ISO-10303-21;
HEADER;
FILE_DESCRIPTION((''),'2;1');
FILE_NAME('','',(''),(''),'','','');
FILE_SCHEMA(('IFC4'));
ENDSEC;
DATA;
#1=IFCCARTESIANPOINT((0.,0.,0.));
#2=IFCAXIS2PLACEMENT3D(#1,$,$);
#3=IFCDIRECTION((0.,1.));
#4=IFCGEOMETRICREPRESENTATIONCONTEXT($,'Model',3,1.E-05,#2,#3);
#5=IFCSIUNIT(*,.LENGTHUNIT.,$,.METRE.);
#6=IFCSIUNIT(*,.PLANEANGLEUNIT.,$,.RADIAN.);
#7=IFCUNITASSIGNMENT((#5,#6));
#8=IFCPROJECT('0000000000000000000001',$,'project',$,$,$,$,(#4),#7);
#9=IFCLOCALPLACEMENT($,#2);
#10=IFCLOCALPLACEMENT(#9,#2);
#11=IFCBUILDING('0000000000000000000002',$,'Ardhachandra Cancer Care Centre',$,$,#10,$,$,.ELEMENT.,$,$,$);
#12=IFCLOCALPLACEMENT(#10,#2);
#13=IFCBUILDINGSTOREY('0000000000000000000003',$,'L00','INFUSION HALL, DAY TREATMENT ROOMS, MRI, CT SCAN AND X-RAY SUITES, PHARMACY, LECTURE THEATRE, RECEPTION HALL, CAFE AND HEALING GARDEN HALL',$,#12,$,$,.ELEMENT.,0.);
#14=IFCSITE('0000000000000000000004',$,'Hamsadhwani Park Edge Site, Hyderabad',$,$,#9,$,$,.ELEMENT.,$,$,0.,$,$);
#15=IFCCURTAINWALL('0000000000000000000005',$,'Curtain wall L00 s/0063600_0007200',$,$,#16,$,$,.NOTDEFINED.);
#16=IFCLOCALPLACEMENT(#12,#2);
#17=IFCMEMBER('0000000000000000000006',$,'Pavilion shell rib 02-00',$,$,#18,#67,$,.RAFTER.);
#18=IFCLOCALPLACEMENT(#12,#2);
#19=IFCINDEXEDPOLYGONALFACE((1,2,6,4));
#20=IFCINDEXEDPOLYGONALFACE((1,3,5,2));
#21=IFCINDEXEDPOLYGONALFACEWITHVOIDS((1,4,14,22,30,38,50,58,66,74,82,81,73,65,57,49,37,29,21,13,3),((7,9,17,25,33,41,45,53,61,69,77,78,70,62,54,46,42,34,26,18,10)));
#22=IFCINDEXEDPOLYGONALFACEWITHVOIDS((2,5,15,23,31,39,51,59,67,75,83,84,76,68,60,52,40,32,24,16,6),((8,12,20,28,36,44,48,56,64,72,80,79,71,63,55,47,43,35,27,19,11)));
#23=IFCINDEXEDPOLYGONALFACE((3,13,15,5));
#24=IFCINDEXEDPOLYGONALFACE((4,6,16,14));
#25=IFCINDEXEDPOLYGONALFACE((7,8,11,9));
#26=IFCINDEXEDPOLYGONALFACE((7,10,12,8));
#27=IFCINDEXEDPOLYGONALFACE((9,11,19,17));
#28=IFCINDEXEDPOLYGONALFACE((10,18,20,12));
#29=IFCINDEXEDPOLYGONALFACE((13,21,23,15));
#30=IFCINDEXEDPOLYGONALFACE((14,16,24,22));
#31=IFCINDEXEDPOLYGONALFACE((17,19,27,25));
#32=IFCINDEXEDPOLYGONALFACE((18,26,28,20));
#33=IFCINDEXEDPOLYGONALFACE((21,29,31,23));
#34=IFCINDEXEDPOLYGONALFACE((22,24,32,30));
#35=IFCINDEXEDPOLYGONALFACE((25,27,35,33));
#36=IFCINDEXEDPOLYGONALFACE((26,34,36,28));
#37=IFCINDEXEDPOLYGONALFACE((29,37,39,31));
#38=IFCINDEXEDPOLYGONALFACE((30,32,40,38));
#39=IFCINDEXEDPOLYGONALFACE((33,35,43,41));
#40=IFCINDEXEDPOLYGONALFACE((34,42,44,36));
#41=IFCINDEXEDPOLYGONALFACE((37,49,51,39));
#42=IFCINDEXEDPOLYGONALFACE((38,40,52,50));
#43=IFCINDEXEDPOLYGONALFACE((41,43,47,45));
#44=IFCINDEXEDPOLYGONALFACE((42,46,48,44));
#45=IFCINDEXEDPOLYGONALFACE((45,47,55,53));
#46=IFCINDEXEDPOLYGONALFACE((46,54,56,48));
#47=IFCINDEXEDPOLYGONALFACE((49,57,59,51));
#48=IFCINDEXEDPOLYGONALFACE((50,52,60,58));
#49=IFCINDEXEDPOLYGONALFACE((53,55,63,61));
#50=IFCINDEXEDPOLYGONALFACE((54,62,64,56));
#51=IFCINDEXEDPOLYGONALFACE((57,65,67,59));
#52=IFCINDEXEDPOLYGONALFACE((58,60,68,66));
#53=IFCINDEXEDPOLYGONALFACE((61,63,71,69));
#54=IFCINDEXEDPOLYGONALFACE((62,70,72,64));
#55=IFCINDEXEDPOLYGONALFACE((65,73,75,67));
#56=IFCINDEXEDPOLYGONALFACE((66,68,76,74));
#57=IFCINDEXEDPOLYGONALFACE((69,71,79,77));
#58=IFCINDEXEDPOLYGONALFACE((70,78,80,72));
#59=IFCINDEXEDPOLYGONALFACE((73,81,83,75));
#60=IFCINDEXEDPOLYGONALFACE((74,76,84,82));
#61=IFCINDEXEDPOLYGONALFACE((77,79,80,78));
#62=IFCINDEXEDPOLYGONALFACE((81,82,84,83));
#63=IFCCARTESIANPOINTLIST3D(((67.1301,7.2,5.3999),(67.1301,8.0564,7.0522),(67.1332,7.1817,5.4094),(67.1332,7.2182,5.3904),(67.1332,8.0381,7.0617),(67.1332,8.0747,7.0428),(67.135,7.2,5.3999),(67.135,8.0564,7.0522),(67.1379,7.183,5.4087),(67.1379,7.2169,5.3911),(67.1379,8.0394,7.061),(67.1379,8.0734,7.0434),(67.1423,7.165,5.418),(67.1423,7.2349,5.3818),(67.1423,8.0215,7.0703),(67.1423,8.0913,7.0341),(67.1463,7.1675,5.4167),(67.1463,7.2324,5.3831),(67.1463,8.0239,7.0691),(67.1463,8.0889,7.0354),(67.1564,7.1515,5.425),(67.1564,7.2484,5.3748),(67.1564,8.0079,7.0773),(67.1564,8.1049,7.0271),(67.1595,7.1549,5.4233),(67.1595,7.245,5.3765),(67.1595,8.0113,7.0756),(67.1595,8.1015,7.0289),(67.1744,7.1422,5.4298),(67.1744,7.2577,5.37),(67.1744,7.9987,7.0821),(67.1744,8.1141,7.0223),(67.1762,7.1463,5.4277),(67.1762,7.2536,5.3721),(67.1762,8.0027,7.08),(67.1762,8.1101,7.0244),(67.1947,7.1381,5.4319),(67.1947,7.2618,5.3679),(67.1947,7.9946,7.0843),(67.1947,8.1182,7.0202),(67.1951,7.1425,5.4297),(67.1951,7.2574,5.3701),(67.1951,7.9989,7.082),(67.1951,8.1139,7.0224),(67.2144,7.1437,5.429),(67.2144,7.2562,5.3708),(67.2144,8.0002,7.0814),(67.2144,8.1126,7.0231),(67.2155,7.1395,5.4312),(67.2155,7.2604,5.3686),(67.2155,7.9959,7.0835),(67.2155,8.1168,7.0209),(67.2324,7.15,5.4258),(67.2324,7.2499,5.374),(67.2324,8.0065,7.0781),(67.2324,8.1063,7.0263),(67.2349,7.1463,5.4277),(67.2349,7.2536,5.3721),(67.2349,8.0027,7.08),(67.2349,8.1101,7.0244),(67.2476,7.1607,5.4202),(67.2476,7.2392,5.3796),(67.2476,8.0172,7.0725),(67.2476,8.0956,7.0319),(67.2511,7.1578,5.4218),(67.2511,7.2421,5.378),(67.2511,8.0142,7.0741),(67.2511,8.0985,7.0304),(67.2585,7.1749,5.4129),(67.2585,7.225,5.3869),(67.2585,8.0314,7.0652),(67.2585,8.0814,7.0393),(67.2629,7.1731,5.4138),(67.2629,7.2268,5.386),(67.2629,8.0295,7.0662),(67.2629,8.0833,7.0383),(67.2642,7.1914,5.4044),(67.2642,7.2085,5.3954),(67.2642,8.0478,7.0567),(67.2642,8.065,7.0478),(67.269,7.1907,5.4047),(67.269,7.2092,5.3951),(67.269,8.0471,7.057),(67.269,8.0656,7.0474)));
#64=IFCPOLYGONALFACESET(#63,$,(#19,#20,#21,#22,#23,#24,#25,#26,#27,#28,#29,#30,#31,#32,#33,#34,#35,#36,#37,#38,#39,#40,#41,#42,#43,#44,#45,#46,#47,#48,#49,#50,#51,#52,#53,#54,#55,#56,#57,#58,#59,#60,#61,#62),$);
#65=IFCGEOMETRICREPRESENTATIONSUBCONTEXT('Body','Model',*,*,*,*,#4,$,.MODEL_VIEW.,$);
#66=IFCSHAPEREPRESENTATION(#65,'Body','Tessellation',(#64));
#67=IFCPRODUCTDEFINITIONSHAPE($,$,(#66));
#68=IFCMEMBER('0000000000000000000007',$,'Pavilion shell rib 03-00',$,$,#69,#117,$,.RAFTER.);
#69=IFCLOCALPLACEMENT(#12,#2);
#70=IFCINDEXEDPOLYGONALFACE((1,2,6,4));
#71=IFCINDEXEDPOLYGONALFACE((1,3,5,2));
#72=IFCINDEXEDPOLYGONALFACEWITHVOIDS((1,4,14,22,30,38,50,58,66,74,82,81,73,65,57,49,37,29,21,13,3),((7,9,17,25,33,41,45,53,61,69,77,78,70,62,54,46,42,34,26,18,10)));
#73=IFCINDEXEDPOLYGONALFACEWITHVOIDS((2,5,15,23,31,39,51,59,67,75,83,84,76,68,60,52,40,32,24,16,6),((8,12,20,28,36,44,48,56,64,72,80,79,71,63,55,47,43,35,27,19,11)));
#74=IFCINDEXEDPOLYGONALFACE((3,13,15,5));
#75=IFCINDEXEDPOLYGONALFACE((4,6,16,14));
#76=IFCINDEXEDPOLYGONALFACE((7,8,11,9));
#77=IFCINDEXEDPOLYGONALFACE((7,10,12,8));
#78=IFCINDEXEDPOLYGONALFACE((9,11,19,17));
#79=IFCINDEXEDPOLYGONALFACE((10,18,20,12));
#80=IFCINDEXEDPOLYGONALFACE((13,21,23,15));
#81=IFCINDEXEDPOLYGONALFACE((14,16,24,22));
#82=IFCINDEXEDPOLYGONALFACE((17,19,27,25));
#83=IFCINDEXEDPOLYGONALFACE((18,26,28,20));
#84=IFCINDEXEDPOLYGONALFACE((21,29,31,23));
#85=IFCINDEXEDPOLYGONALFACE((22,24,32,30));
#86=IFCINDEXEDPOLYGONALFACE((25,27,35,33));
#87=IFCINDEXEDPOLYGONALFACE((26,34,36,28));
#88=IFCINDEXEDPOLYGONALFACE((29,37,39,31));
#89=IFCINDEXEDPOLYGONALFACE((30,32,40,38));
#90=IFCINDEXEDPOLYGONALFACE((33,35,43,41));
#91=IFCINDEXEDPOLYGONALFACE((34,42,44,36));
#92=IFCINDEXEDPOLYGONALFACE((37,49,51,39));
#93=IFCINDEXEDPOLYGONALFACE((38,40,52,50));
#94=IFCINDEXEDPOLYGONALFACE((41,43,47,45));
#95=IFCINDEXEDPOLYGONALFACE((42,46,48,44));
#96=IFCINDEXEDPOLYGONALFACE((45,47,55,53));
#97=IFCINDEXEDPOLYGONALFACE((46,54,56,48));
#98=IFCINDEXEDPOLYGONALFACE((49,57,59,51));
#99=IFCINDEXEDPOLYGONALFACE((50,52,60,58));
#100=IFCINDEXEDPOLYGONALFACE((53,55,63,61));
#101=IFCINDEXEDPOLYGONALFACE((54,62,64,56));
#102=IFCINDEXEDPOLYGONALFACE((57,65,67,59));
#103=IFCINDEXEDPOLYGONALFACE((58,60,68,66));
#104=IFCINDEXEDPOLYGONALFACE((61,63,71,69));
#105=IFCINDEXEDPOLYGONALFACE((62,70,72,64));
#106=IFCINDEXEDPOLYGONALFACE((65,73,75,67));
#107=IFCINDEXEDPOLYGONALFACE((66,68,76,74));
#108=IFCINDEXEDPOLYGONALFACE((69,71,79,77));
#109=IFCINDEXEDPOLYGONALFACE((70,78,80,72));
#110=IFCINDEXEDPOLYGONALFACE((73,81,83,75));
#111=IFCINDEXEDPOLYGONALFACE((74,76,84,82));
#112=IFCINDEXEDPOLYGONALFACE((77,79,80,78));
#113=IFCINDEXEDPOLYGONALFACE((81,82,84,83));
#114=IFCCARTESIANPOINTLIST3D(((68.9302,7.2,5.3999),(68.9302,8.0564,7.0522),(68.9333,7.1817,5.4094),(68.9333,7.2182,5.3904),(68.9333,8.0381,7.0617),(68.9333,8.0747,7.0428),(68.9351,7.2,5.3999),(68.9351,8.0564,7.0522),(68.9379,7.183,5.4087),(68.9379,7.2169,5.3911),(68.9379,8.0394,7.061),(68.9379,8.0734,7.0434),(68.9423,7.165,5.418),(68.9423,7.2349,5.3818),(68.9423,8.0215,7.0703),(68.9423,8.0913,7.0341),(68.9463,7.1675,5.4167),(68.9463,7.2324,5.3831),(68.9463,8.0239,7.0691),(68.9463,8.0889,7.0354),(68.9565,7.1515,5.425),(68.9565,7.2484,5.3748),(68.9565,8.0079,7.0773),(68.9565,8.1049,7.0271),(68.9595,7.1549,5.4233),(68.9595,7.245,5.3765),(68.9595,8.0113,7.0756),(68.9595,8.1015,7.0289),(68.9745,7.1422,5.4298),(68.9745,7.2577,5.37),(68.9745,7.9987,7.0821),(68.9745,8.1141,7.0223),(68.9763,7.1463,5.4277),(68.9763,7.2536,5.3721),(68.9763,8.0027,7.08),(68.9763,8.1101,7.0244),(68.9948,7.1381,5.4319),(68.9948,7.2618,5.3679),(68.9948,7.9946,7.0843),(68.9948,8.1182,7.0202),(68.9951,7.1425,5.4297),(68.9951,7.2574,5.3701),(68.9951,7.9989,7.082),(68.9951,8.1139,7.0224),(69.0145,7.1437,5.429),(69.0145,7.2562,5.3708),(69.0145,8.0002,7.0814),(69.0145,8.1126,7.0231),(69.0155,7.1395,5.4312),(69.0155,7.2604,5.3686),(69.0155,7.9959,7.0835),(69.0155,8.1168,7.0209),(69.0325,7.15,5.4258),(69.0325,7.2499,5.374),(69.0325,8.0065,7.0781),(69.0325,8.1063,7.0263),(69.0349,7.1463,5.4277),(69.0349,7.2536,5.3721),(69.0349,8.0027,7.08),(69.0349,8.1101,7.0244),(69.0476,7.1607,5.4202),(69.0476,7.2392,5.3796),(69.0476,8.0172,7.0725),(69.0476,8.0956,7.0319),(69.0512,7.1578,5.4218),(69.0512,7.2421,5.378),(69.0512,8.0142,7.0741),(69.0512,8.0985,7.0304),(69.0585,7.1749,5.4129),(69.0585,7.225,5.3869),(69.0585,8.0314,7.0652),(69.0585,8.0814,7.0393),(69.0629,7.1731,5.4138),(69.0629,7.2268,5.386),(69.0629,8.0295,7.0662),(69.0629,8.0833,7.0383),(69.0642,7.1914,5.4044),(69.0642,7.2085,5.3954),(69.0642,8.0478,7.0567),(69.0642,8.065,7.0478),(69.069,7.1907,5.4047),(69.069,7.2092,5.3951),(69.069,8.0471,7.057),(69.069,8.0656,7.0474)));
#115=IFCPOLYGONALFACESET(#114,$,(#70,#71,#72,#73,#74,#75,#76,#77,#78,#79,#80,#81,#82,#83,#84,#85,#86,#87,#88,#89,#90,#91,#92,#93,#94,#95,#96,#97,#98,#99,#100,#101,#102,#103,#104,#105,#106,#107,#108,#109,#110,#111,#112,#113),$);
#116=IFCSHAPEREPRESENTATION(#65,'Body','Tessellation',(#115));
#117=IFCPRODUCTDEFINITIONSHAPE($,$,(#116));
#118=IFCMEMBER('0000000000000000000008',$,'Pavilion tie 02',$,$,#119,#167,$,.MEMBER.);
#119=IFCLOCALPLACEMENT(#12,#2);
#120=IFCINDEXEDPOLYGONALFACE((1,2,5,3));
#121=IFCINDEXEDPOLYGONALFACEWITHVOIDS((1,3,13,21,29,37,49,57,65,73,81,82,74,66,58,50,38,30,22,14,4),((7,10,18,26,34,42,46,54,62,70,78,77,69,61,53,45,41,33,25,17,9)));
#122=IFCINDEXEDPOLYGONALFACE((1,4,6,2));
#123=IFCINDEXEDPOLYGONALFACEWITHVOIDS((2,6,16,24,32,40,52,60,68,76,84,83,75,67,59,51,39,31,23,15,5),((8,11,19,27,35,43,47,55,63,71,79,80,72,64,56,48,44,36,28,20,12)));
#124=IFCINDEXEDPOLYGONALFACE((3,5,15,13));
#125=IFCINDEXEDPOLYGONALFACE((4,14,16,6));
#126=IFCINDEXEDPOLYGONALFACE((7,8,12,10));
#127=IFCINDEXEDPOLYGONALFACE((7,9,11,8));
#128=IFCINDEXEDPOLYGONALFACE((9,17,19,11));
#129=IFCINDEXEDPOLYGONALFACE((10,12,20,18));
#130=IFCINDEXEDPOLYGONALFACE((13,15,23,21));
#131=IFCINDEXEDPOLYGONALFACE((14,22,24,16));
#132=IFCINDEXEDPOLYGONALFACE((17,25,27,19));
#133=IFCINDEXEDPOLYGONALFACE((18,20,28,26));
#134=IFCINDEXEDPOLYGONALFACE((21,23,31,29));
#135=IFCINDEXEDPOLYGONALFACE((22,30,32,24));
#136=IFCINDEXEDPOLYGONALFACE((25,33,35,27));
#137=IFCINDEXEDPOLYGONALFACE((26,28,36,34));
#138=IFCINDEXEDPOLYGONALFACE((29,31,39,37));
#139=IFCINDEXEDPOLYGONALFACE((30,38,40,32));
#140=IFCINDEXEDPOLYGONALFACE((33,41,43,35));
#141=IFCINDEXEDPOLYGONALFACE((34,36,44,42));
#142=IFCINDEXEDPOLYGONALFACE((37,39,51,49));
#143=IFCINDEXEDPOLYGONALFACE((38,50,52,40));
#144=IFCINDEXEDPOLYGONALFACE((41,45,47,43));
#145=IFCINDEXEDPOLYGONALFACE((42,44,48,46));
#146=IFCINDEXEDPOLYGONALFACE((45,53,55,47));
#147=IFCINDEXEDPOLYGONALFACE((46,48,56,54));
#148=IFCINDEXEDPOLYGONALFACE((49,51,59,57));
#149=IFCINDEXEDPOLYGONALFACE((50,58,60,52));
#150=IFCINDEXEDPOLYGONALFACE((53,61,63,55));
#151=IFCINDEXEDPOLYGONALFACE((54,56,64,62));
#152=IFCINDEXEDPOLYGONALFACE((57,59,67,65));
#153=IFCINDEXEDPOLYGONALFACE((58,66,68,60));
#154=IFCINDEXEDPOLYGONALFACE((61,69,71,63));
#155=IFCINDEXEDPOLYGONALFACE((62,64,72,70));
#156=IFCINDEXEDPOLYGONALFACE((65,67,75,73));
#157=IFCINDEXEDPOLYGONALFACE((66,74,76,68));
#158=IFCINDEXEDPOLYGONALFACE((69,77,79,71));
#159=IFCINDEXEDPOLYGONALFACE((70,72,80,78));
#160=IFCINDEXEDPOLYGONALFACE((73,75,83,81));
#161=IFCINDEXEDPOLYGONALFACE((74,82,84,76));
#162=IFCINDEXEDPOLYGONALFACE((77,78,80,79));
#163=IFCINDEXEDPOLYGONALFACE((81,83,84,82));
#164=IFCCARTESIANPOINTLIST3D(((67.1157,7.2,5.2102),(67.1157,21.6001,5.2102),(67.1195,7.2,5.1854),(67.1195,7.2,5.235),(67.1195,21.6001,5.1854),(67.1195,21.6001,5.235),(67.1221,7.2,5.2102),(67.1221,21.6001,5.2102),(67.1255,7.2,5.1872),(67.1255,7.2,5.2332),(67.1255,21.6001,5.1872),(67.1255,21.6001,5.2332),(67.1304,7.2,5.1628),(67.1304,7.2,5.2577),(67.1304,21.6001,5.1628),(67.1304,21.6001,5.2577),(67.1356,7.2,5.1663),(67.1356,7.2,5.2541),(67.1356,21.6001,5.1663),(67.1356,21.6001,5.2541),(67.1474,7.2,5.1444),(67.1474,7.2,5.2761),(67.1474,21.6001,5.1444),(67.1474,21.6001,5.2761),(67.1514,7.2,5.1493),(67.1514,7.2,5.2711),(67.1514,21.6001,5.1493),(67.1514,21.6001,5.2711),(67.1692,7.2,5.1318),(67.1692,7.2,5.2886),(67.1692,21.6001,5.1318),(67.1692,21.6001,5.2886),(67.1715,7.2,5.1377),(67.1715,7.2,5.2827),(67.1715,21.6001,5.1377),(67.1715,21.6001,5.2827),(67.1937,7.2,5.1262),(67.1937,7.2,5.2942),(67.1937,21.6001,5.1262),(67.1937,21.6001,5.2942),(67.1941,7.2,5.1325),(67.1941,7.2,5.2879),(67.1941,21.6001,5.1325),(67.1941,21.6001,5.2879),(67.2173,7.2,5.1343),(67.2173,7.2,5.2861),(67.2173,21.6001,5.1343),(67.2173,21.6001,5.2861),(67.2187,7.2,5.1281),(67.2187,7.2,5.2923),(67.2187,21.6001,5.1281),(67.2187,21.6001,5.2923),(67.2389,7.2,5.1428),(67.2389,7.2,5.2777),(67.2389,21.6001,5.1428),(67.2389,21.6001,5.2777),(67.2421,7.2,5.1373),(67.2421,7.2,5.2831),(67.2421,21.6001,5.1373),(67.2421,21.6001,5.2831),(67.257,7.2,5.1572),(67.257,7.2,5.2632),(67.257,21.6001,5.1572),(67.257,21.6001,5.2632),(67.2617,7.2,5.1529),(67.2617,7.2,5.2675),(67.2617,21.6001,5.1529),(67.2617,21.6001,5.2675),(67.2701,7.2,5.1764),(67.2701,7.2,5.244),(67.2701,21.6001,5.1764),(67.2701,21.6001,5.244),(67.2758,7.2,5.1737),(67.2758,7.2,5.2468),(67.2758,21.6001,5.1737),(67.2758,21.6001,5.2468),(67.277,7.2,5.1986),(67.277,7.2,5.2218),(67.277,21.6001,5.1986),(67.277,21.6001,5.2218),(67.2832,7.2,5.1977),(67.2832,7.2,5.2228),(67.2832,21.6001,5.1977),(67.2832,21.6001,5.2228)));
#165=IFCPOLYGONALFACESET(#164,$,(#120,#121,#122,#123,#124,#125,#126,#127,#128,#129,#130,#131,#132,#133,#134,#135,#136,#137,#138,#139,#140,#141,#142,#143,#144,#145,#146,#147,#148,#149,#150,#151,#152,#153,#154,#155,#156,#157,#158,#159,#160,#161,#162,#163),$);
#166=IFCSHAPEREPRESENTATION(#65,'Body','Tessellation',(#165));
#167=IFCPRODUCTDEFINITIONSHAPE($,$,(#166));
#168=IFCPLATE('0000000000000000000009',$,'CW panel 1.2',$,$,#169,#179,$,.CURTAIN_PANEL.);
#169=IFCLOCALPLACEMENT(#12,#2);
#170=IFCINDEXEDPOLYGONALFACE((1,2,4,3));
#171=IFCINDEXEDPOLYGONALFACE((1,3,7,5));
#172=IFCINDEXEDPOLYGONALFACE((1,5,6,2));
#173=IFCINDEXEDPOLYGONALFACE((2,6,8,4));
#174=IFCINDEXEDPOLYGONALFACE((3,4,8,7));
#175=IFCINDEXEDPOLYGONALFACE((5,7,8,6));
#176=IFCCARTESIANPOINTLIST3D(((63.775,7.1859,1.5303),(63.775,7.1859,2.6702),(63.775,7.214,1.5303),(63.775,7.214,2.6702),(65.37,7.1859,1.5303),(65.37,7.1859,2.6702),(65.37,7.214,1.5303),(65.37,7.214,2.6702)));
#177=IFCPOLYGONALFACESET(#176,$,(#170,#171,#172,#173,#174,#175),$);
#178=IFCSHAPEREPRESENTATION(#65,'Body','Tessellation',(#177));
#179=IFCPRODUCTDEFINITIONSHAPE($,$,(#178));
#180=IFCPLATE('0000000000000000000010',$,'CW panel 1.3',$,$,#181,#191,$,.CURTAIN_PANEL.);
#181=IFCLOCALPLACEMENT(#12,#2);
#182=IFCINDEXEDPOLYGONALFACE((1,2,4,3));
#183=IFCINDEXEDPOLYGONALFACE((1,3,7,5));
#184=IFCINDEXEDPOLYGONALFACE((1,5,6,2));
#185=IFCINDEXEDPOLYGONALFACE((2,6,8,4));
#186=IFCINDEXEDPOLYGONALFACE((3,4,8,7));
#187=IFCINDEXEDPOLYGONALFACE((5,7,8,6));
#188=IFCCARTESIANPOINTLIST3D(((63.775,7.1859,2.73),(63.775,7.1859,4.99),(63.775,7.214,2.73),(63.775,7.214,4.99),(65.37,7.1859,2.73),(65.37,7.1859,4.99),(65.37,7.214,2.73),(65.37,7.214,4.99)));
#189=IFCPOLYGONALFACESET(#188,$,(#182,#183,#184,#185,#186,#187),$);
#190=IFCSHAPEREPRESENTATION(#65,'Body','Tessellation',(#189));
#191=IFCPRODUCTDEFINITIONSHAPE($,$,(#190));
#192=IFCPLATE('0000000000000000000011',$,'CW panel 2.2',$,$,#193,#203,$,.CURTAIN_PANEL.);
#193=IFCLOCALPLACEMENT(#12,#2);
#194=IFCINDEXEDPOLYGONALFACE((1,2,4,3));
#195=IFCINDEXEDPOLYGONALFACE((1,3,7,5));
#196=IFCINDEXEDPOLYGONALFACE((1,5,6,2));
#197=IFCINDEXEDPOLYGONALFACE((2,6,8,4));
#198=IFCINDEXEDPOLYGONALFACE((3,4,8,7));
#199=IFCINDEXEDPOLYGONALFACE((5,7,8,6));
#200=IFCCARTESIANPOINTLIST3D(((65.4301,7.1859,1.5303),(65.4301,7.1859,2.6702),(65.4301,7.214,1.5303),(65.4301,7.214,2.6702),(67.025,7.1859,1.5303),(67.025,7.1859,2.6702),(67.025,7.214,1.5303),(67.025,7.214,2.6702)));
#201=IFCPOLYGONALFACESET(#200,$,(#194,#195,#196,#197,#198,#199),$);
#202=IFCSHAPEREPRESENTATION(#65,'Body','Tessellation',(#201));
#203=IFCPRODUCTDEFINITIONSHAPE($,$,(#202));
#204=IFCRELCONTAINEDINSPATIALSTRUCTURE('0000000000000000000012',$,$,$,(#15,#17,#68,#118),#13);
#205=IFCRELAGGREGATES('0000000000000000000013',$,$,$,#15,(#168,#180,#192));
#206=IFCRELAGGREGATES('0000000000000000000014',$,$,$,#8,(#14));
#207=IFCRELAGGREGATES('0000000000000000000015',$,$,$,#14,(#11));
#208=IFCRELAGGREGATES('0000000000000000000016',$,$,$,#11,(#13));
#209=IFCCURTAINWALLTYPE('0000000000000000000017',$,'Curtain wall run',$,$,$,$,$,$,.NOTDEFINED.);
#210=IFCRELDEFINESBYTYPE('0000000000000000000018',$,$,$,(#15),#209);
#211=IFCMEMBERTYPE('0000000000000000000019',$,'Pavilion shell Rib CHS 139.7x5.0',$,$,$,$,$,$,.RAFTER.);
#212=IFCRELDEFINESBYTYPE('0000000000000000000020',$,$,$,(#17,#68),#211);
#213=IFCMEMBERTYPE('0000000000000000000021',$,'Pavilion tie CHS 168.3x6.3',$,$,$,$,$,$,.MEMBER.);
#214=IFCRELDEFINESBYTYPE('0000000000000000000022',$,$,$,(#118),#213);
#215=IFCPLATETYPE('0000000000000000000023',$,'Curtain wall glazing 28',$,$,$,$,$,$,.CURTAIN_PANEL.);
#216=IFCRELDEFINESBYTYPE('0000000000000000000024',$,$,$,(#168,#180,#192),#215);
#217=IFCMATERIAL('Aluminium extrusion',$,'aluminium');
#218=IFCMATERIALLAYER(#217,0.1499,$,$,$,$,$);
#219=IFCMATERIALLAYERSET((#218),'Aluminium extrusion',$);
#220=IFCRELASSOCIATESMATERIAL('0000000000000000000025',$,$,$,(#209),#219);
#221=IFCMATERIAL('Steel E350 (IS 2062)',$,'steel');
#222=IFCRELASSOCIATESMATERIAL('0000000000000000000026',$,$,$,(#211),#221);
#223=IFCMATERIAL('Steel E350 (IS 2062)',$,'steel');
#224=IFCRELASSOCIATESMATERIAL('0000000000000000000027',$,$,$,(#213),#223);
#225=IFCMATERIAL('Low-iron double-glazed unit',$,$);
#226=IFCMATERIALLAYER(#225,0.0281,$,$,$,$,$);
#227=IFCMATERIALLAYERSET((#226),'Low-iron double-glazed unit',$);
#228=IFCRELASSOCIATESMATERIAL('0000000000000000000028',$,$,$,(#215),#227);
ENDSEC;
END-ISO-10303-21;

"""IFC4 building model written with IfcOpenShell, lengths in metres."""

from ifc_helpers import new_model, si_unit, direction, frame, origin, origin_2d, place, context, subcontext, project, spatial, rectangle, hollow_circle, extrude, material, layer, layer_set, material_profile, profile_set, type_object, element, aggregate, save


model = new_model("IFC4")

# Units and contexts
model_context = context("Model", 3, precision=1e-05, world=origin(), true_north=direction((0.0, 1.0)))
body_context = subcontext(model_context, "Body", "Model", "MODEL_VIEW")
ifc_project = project(units=[si_unit("LENGTHUNIT", "METRE"), si_unit("PLANEANGLEUNIT", "RADIAN")], contexts=[model_context])

# Site, building, storey
site_placement = place(None, origin())
site = spatial("IfcSite", under=ifc_project, at=site_placement, Name="Hamsadhwani Park Edge Site, Hyderabad", CompositionType="ELEMENT", RefElevation=0.0)
building_placement = place(site_placement, origin())
building = spatial("IfcBuilding", under=site, at=building_placement, Name="Ardhachandra Cancer Care Centre", CompositionType="ELEMENT")
storey_placement = place(building_placement, origin())
storey = spatial("IfcBuildingStorey", under=building, at=storey_placement, Name="L00", Description="INFUSION HALL, DAY TREATMENT ROOMS, MRI, CT SCAN AND X-RAY SUITES, PHARMACY, LECTURE THEATRE, RECEPTION HALL, CAFE AND HEALING GARDEN HALL", CompositionType="ELEMENT", Elevation=0.0)

# Curtain wall
ifc_material_1 = material(Name="Aluminium extrusion", Category="aluminium")
ifc_layer_1 = layer(ifc_material_1, 0.1499)
ifc_layer_set_1 = layer_set([ifc_layer_1], Name="Aluminium extrusion")
curtain_wall_type = type_object("IfcCurtainWallType", Name="Curtain wall run", PredefinedType="NOTDEFINED", material=ifc_layer_set_1)
curtain_wall_1_placement = place(storey_placement, origin())
curtain_wall_1 = element("IfcCurtainWall", 1, at=curtain_wall_1_placement, inside=storey, type_object=curtain_wall_type, Name="Curtain wall L00 s/0063600_0007200", PredefinedType="NOTDEFINED")

# Members
ifc_material_2 = material(Name="Steel E350 (IS 2062)", Category="steel")
ifc_material_profile_1 = material_profile(ifc_material_2, hollow_circle(Radius=0.0698, WallThickness=0.0049, at=origin_2d()), Name="CHS 139.7x5.0")
ifc_profile_set_1 = profile_set([ifc_material_profile_1], Name="Steel E350 (IS 2062)")
member_type_1 = type_object("IfcMemberType", Name="Pavilion shell Rib CHS 139.7x5.0", PredefinedType="RAFTER", material=ifc_profile_set_1)
for number, where, z_axis, x_axis, name in (
    (2, (67.2, 7.2, 5.3999), (0.0, 0.460179, 0.887826), (-1.0, 0.0, 0.0), "Pavilion shell rib 02-00"),
    (3, (69.0, 7.2, 5.3999), (0.0, 0.460179, 0.887826), (-1.0, 0.0, 0.0), "Pavilion shell rib 03-00"),
):
    element("IfcMember", number, at=place(storey_placement, frame(where, z_axis=z_axis, x_axis=x_axis)), inside=storey, type_object=member_type_1, Name=name, PredefinedType="RAFTER", context=body_context, shape_type="SweptSolid", body=[
        extrude(hollow_circle(Radius=0.0698, WallThickness=0.0049, at=origin_2d()), origin(), (0.0, 0.0, 1.0), 1.8611),
    ])
ifc_material_3 = material(Name="Steel E350 (IS 2062)", Category="steel")
ifc_material_profile_2 = material_profile(ifc_material_3, hollow_circle(Radius=0.0842, WallThickness=0.0063, at=origin_2d()), Name="CHS 168.3x6.3")
ifc_profile_set_2 = profile_set([ifc_material_profile_2], Name="Steel E350 (IS 2062)")
member_type_2 = type_object("IfcMemberType", Name="Pavilion tie CHS 168.3x6.3", PredefinedType="MEMBER", material=ifc_profile_set_2)
member_1_placement = place(storey_placement, frame((67.2, 7.2, 5.2102), z_axis=(0.0, 1.0, 0.0), x_axis=(-1.0, 0.0, 0.0)))
element("IfcMember", 4, at=member_1_placement, inside=storey, type_object=member_type_2, Name="Pavilion tie 02", PredefinedType="MEMBER", context=body_context, shape_type="SweptSolid", body=[
    extrude(hollow_circle(Radius=0.0842, WallThickness=0.0063, at=origin_2d()), origin(), (0.0, 0.0, 1.0), 14.4001),
])

# Plates
ifc_material_4 = material(Name="Low-iron double-glazed unit")
ifc_layer_2 = layer(ifc_material_4, 0.0281)
ifc_layer_set_2 = layer_set([ifc_layer_2], Name="Low-iron double-glazed unit")
plate_type = type_object("IfcPlateType", Name="Curtain wall glazing 28", PredefinedType="CURTAIN_PANEL", material=ifc_layer_set_2)
plate_1_placement = place(storey_placement, frame((64.5725, 7.2, 1.5303), z_axis=(0.0, 0.0, 1.0), x_axis=(1.0, 0.0, 0.0)))
plate_1 = element("IfcPlate", 5, at=plate_1_placement, type_object=plate_type, Name="CW panel 1.2", PredefinedType="CURTAIN_PANEL", context=body_context, shape_type="SweptSolid", body=[
    extrude(rectangle(XDim=1.595, YDim=0.0281, at=origin_2d()), origin(), (0.0, 0.0, 1.0), 1.1399),
])
plate_2_placement = place(storey_placement, frame((64.5725, 7.2, 2.73), z_axis=(0.0, 0.0, 1.0), x_axis=(1.0, 0.0, 0.0)))
plate_2 = element("IfcPlate", 6, at=plate_2_placement, type_object=plate_type, Name="CW panel 1.3", PredefinedType="CURTAIN_PANEL", context=body_context, shape_type="SweptSolid", body=[
    extrude(rectangle(XDim=1.595, YDim=0.0281, at=origin_2d()), origin(), (0.0, 0.0, 1.0), 2.26),
])
plate_3_placement = place(storey_placement, frame((66.2275, 7.2, 1.5303), z_axis=(0.0, 0.0, 1.0), x_axis=(1.0, 0.0, 0.0)))
plate_3 = element("IfcPlate", 7, at=plate_3_placement, type_object=plate_type, Name="CW panel 2.2", PredefinedType="CURTAIN_PANEL", context=body_context, shape_type="SweptSolid", body=[
    extrude(rectangle(XDim=1.595, YDim=0.0281, at=origin_2d()), origin(), (0.0, 0.0, 1.0), 1.1399),
])
aggregate(curtain_wall_1, [plate_1, plate_2, plate_3])

save(model, "model.ifc")
